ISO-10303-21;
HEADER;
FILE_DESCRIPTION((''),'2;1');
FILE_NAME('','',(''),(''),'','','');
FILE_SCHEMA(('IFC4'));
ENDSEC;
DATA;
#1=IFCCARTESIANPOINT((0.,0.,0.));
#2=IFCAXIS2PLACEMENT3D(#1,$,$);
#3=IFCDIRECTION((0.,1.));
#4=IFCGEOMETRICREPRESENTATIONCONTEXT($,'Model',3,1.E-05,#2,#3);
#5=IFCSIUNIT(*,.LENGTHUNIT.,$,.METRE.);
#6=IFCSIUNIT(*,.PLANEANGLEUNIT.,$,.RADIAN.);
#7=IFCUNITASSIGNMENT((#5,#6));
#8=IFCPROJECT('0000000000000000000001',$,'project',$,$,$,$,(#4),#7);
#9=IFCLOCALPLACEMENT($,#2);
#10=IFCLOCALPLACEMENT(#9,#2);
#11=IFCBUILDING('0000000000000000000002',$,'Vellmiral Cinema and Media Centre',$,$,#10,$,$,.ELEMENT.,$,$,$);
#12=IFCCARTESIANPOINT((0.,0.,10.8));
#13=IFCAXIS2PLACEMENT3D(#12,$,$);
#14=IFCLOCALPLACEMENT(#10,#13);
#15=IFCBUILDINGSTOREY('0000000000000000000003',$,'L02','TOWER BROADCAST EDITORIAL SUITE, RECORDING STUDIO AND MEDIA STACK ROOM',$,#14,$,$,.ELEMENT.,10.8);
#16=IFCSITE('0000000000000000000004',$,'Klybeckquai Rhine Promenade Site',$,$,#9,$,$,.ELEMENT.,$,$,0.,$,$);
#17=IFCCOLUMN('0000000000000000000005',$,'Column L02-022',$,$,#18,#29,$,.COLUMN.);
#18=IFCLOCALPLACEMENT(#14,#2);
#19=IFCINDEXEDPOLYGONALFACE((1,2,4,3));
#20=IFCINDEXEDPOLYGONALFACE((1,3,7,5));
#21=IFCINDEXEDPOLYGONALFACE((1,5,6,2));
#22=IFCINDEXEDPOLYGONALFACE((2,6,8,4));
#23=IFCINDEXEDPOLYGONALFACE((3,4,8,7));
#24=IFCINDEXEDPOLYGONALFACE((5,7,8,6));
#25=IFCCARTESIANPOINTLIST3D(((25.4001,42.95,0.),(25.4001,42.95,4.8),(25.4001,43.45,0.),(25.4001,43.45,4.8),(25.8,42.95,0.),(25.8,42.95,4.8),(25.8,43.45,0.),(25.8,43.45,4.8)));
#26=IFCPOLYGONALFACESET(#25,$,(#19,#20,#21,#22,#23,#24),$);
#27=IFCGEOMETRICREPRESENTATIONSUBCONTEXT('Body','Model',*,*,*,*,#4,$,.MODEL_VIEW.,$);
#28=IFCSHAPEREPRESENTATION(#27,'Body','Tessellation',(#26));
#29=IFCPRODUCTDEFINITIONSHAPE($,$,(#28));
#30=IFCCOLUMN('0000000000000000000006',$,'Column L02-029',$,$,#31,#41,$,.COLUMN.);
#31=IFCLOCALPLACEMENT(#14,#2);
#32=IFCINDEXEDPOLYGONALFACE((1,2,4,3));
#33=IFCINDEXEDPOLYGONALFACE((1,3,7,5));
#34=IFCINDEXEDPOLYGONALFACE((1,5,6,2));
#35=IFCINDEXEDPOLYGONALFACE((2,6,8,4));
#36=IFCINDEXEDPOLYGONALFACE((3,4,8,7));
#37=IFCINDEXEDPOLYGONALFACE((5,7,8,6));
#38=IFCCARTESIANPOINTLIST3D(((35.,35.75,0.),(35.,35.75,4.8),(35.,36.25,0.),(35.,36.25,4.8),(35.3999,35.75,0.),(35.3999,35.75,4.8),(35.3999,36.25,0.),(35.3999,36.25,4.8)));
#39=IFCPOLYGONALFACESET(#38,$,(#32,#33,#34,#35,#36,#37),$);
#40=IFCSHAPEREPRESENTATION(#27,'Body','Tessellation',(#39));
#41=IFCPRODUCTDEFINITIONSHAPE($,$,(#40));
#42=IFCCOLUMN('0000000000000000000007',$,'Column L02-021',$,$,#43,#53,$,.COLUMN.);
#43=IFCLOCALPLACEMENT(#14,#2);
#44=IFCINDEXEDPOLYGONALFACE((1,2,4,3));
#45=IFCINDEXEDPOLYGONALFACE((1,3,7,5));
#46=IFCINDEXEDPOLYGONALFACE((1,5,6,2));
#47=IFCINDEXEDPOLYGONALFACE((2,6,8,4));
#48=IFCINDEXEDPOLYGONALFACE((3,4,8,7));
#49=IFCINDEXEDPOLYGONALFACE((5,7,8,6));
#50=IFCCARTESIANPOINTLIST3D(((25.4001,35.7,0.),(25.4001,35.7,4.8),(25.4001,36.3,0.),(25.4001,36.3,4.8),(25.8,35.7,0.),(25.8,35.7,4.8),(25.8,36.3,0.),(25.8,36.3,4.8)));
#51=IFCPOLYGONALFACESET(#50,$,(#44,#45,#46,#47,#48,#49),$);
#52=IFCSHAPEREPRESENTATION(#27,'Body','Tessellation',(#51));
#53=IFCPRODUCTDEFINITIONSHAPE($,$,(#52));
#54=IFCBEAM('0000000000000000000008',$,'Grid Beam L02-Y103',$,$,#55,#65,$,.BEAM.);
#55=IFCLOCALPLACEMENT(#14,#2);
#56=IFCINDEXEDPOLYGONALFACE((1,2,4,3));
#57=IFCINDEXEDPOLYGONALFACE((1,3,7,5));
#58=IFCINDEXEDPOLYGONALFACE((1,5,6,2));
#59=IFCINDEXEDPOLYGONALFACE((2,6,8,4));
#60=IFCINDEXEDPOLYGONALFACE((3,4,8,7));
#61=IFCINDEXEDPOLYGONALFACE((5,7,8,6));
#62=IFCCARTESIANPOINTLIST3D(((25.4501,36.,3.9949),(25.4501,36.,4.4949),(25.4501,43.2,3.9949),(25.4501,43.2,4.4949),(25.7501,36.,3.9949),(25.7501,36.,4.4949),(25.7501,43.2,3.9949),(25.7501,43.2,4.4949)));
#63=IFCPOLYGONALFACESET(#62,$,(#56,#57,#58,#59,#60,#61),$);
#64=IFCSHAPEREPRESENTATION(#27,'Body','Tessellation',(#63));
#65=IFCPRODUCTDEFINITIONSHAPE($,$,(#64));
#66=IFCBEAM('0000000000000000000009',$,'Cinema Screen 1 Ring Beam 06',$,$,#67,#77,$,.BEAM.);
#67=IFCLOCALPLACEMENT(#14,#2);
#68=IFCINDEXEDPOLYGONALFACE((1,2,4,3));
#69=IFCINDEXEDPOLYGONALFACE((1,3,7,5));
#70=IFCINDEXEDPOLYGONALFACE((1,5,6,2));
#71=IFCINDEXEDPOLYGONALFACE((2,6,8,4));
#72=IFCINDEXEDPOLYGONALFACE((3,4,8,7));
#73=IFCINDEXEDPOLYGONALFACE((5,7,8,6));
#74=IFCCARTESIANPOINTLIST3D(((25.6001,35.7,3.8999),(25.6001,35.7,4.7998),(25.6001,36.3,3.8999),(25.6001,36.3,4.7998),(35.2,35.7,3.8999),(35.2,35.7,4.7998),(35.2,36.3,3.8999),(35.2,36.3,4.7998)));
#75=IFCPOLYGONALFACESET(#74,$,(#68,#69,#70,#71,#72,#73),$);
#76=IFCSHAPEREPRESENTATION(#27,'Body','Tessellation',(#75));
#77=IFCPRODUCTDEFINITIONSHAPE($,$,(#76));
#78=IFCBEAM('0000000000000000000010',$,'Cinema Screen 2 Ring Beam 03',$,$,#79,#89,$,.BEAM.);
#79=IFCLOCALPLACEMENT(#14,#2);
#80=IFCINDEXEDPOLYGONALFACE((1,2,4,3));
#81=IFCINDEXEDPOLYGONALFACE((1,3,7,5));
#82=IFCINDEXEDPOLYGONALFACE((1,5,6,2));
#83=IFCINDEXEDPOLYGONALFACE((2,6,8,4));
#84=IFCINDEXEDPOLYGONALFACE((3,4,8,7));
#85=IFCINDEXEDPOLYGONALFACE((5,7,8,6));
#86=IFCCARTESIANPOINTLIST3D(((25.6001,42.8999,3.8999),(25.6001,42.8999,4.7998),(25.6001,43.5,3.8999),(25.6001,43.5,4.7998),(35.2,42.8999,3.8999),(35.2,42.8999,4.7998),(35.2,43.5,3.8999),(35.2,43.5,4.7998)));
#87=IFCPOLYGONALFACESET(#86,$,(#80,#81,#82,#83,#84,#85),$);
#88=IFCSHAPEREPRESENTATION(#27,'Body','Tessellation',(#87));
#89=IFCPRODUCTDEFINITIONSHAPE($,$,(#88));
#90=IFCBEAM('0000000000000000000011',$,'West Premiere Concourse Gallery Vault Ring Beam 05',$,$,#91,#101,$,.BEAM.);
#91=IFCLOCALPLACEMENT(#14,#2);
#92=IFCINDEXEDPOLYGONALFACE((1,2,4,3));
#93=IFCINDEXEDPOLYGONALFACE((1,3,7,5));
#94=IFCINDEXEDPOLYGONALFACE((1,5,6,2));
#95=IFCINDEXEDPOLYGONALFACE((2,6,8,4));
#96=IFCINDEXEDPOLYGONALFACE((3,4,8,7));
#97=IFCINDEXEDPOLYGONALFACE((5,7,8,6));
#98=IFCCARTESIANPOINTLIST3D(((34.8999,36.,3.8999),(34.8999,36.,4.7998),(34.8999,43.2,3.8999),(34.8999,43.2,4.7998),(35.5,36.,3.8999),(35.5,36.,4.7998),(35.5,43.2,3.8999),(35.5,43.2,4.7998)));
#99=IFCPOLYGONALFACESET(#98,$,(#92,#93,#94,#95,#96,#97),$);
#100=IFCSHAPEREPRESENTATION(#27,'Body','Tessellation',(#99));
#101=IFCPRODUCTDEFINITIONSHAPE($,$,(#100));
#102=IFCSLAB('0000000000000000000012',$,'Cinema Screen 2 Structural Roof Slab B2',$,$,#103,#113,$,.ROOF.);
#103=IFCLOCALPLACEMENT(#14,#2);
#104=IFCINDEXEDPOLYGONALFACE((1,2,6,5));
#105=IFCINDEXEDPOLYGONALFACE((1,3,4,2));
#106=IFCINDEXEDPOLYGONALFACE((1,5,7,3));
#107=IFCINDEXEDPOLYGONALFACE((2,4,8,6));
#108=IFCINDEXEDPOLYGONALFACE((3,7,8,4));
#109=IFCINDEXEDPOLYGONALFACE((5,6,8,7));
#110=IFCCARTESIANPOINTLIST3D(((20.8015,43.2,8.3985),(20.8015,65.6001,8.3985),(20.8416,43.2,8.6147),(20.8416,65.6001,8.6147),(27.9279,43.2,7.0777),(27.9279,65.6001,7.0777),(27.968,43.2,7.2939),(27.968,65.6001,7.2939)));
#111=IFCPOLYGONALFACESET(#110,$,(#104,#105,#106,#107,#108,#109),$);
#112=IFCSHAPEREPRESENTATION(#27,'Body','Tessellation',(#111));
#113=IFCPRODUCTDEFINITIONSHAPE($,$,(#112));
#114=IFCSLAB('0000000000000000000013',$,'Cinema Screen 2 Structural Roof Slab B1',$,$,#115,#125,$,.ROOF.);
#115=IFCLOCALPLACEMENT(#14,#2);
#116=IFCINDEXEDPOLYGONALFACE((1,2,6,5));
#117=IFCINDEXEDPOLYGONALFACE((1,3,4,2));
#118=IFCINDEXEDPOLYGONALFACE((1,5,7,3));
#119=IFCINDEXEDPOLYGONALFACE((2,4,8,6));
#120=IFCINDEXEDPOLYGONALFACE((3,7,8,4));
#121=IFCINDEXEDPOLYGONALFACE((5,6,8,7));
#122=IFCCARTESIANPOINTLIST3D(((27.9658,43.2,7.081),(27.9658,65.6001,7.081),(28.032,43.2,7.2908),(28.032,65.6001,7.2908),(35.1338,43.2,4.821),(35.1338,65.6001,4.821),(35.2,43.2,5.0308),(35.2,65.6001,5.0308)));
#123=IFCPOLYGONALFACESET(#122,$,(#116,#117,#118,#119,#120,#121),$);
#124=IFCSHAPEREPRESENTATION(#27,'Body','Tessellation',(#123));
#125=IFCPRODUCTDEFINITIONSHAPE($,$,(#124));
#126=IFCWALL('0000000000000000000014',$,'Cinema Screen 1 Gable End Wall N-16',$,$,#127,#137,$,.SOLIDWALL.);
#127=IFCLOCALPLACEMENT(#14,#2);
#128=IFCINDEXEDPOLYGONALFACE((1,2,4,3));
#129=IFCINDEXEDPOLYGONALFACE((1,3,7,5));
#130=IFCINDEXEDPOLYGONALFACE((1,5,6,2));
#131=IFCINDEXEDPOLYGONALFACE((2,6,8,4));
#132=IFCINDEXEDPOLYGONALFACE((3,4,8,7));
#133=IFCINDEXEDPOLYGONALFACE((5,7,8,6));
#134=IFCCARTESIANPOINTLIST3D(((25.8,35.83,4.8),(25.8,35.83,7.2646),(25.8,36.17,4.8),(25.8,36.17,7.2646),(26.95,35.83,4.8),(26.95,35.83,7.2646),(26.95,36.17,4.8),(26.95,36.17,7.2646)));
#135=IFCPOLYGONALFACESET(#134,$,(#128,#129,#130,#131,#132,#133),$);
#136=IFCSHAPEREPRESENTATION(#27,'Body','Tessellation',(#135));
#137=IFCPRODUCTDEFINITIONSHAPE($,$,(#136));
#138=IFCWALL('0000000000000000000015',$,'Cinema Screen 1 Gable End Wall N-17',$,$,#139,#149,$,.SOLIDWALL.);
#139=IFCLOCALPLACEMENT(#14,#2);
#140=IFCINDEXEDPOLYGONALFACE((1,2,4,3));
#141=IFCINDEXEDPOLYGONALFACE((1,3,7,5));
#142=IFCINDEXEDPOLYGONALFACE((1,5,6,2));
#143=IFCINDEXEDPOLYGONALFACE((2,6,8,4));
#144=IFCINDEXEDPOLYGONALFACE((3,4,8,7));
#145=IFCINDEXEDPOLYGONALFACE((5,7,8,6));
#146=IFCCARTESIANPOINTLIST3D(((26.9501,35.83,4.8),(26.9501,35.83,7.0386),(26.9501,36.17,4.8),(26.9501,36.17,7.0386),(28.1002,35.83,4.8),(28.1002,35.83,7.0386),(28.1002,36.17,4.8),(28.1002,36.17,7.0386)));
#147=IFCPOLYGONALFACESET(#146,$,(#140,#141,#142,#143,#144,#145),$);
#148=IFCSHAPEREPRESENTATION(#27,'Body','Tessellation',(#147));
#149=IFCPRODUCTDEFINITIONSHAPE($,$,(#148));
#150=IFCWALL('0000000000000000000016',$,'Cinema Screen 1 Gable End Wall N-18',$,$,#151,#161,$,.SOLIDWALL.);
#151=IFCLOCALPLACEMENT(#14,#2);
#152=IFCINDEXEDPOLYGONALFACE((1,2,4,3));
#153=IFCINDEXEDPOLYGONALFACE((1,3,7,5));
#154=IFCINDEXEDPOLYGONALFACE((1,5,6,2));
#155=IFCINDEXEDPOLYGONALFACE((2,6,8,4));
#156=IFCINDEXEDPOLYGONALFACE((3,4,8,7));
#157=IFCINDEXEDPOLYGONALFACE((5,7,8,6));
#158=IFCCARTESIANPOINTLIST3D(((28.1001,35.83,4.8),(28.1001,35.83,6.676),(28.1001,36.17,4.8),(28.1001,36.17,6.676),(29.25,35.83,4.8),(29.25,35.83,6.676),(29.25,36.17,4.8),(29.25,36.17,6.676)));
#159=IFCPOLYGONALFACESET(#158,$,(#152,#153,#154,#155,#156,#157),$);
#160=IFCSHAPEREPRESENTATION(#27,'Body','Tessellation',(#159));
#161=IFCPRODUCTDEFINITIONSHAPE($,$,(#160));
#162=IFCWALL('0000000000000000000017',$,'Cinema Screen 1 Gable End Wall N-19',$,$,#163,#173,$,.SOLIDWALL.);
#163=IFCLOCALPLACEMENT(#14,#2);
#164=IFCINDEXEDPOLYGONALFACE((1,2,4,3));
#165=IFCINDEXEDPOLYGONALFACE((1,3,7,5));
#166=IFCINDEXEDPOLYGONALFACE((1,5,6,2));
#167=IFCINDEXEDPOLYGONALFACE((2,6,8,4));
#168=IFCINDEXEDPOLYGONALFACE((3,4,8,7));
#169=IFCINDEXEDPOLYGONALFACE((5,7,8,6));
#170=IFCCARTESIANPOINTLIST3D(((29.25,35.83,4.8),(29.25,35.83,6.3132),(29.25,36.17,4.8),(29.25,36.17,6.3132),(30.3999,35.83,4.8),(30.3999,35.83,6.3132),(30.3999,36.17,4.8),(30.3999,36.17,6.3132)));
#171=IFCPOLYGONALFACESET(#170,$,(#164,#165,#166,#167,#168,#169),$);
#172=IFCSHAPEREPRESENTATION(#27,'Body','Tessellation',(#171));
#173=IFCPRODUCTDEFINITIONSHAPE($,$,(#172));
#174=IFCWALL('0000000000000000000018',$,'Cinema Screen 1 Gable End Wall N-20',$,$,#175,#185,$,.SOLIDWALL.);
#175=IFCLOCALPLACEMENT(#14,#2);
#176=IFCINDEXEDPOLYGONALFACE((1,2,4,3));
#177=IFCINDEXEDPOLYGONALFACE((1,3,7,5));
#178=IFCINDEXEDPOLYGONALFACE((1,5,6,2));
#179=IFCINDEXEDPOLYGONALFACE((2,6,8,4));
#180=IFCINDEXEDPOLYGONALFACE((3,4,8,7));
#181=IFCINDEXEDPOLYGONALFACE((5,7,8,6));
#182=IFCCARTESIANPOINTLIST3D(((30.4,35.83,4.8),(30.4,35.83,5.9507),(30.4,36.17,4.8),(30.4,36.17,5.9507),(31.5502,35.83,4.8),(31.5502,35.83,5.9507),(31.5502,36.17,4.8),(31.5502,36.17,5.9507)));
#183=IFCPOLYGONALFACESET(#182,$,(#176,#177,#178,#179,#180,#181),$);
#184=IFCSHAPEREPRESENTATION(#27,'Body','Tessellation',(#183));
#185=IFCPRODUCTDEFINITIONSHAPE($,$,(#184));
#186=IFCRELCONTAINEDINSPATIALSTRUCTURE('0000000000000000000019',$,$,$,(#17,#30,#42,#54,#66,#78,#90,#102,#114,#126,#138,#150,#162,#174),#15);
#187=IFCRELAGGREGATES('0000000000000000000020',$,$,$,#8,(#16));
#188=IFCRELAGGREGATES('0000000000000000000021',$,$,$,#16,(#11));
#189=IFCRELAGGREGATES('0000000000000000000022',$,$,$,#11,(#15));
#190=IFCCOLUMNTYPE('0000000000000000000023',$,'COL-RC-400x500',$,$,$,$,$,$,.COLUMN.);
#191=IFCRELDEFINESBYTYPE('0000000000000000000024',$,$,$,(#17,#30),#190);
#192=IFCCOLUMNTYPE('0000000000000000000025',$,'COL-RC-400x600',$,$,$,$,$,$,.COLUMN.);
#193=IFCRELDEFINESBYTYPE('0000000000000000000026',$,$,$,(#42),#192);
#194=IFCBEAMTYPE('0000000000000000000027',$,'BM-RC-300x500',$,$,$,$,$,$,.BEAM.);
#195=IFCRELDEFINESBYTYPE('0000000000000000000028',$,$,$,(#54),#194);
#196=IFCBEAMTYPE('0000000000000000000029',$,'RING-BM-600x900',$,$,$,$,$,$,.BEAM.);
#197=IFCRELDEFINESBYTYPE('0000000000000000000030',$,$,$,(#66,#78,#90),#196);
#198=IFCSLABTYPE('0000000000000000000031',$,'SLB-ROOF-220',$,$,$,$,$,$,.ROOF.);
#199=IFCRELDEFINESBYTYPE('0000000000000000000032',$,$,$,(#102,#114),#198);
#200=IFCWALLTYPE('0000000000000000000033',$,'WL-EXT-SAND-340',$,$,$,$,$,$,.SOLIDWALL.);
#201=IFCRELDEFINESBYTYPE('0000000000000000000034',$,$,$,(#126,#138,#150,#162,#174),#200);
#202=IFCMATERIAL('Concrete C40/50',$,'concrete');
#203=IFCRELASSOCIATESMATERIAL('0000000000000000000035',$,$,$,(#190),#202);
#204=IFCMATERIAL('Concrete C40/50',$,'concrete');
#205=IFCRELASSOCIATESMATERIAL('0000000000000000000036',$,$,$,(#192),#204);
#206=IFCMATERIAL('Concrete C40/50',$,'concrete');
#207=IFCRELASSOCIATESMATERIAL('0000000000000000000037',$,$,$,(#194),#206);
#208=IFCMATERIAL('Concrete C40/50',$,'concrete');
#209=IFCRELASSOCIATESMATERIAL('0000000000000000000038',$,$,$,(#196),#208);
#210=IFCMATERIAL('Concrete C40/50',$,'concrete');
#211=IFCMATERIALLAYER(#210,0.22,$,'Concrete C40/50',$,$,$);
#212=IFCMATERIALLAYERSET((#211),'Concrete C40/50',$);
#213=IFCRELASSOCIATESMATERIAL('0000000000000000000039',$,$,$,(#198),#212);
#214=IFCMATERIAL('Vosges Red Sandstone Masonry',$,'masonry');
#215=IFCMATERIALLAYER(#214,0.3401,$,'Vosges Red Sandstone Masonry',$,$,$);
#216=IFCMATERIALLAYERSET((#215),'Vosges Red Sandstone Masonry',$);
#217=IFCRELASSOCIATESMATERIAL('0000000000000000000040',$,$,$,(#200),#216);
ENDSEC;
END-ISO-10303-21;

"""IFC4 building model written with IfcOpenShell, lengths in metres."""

from ifc_helpers import new_model, si_unit, direction, frame, frame_2d, origin, origin_2d, place, context, subcontext, project, spatial, polyline, rectangle, outline, extrude, material, layer, layer_set, material_profile, profile_set, type_object, element, save


model = new_model("IFC4")

# Units and contexts
model_context = context("Model", 3, precision=1e-05, world=origin(), true_north=direction((0.0, 1.0)))
body_context = subcontext(model_context, "Body", "Model", "MODEL_VIEW")
ifc_project = project(units=[si_unit("LENGTHUNIT", "METRE"), si_unit("PLANEANGLEUNIT", "RADIAN")], contexts=[model_context])

# Site, building, storey
site_placement = place(None, origin())
site = spatial("IfcSite", under=ifc_project, at=site_placement, Name="Klybeckquai Rhine Promenade Site", CompositionType="ELEMENT", RefElevation=0.0)
building_placement = place(site_placement, origin())
building = spatial("IfcBuilding", under=site, at=building_placement, Name="Vellmiral Cinema and Media Centre", CompositionType="ELEMENT")
storey_placement = place(building_placement, frame((0.0, 0.0, 10.8)))
storey = spatial("IfcBuildingStorey", under=building, at=storey_placement, Name="L02", Description="TOWER BROADCAST EDITORIAL SUITE, RECORDING STUDIO AND MEDIA STACK ROOM", CompositionType="ELEMENT", Elevation=10.8)

# Columns
ifc_material_1 = material(Name="Concrete C40/50", Category="concrete")
ifc_material_profile_1 = material_profile(ifc_material_1, rectangle(XDim=0.3999, YDim=0.5, at=origin_2d()), Name="RC 400x500")
ifc_profile_set_1 = profile_set([ifc_material_profile_1], Name="Concrete C40/50")
column_type_1 = type_object("IfcColumnType", Name="COL-RC-400x500", PredefinedType="COLUMN", material=ifc_profile_set_1)
for number, where, z_axis, x_axis, name in (
    (1, (25.6001, 43.2, 0.0), (0.0, 0.0, 1.0), (1.0, 0.0, 0.0), "Column L02-022"),
    (2, (35.2, 36.0, 0.0), (0.0, 0.0, 1.0), (1.0, 0.0, 0.0), "Column L02-029"),
):
    element("IfcColumn", number, at=place(storey_placement, frame(where, z_axis=z_axis, x_axis=x_axis)), inside=storey, type_object=column_type_1, Name=name, PredefinedType="COLUMN", context=body_context, shape_type="SweptSolid", body=[
        extrude(rectangle(XDim=0.3999, YDim=0.5, at=origin_2d()), origin(), (0.0, 0.0, 1.0), 4.8),
    ])
ifc_material_2 = material(Name="Concrete C40/50", Category="concrete")
ifc_material_profile_2 = material_profile(ifc_material_2, rectangle(XDim=0.3999, YDim=0.6001, at=origin_2d()), Name="RC 400x600")
ifc_profile_set_2 = profile_set([ifc_material_profile_2], Name="Concrete C40/50")
column_type_2 = type_object("IfcColumnType", Name="COL-RC-400x600", PredefinedType="COLUMN", material=ifc_profile_set_2)
column_placement = place(storey_placement, frame((25.6001, 36.0, 0.0), z_axis=(0.0, 0.0, 1.0), x_axis=(1.0, 0.0, 0.0)))
element("IfcColumn", 3, at=column_placement, inside=storey, type_object=column_type_2, Name="Column L02-021", PredefinedType="COLUMN", context=body_context, shape_type="SweptSolid", body=[
    extrude(rectangle(XDim=0.3999, YDim=0.6001, at=origin_2d()), origin(), (0.0, 0.0, 1.0), 4.8),
])

# Beams
ifc_material_3 = material(Name="Concrete C40/50", Category="concrete")
ifc_material_profile_3 = material_profile(ifc_material_3, rectangle(XDim=0.3, YDim=0.5, at=origin_2d()), Name="RC 300x500")
ifc_profile_set_3 = profile_set([ifc_material_profile_3], Name="Concrete C40/50")
beam_type_1 = type_object("IfcBeamType", Name="BM-RC-300x500", PredefinedType="BEAM", material=ifc_profile_set_3)
beam_1_placement = place(storey_placement, frame((25.6001, 36.0, 4.2449), z_axis=(0.0, 1.0, 0.0), x_axis=(-1.0, 0.0, 0.0)))
element("IfcBeam", 4, at=beam_1_placement, inside=storey, type_object=beam_type_1, Name="Grid Beam L02-Y103", PredefinedType="BEAM", context=body_context, shape_type="SweptSolid", body=[
    extrude(rectangle(XDim=0.3, YDim=0.5, at=origin_2d()), origin(), (0.0, 0.0, 1.0), 7.2),
])
ifc_material_4 = material(Name="Concrete C40/50", Category="concrete")
ifc_material_profile_4 = material_profile(ifc_material_4, rectangle(XDim=0.6001, YDim=0.8999, at=origin_2d()), Name="RC 600x900")
ifc_profile_set_4 = profile_set([ifc_material_profile_4], Name="Concrete C40/50")
beam_type_2 = type_object("IfcBeamType", Name="RING-BM-600x900", PredefinedType="BEAM", material=ifc_profile_set_4)
for number, where, z_axis, x_axis, name in (
    (5, (25.6001, 36.0, 4.3499), (1.0, 0.0, 0.0), (0.0, 1.0, 0.0), "Cinema Screen 1 Ring Beam 06"),
    (6, (25.6001, 43.2, 4.3499), (1.0, 0.0, 0.0), (0.0, 1.0, 0.0), "Cinema Screen 2 Ring Beam 03"),
):
    element("IfcBeam", number, at=place(storey_placement, frame(where, z_axis=z_axis, x_axis=x_axis)), inside=storey, type_object=beam_type_2, Name=name, PredefinedType="BEAM", context=body_context, shape_type="SweptSolid", body=[
        extrude(rectangle(XDim=0.6001, YDim=0.8999, at=origin_2d()), origin(), (0.0, 0.0, 1.0), 9.5999),
    ])
beam_2_placement = place(storey_placement, frame((35.2, 36.0, 4.3499), z_axis=(0.0, 1.0, 0.0), x_axis=(-1.0, 0.0, 0.0)))
element("IfcBeam", 7, at=beam_2_placement, inside=storey, type_object=beam_type_2, Name="West Premiere Concourse Gallery Vault Ring Beam 05", PredefinedType="BEAM", context=body_context, shape_type="SweptSolid", body=[
    extrude(rectangle(XDim=0.6001, YDim=0.8999, at=origin_2d()), origin(), (0.0, 0.0, 1.0), 7.2),
])

# Slabs
ifc_material_5 = material(Name="Concrete C40/50", Category="concrete")
ifc_layer_1 = layer(ifc_material_5, 0.22, Name="Concrete C40/50")
ifc_layer_set_1 = layer_set([ifc_layer_1], Name="Concrete C40/50")
slab_type = type_object("IfcSlabType", Name="SLB-ROOF-220", PredefinedType="ROOF", material=ifc_layer_set_1)
slab_1_placement = place(storey_placement, frame((20.8416, 43.2, 8.6147), z_axis=(0.182234, 0.0, 0.983255), x_axis=(0.983255, 0.0, -0.182234)))
element("IfcSlab", 8, at=slab_1_placement, inside=storey, type_object=slab_type, Name="Cinema Screen 2 Structural Roof Slab B2", PredefinedType="ROOF", context=body_context, shape_type="SweptSolid", body=[
    extrude(outline(polyline([(0.0, 0.0), (7.2478, 0.0), (7.2478, 22.4001), (0.0, 22.4001), (0.0, 0.0)])), origin(), (0.0, 0.0, -1.0), 0.22),
])
slab_2_placement = place(storey_placement, frame((28.032, 43.2, 7.2908), z_axis=(0.300701, 0.0, 0.953719), x_axis=(0.953719, 0.0, -0.300701)))
element("IfcSlab", 9, at=slab_2_placement, inside=storey, type_object=slab_type, Name="Cinema Screen 2 Structural Roof Slab B1", PredefinedType="ROOF", context=body_context, shape_type="SweptSolid", body=[
    extrude(outline(polyline([(0.0, 0.0), (7.5158, 0.0), (7.5158, 22.4001), (0.0, 22.4001), (0.0, 0.0)])), origin(), (0.0, 0.0, -1.0), 0.22),
])

# Walls
ifc_material_6 = material(Name="Vosges Red Sandstone Masonry", Category="masonry")
ifc_layer_2 = layer(ifc_material_6, 0.3401, Name="Vosges Red Sandstone Masonry")
ifc_layer_set_2 = layer_set([ifc_layer_2], Name="Vosges Red Sandstone Masonry")
wall_type = type_object("IfcWallType", Name="WL-EXT-SAND-340", PredefinedType="SOLIDWALL", material=ifc_layer_set_2)
wall_1_placement = place(storey_placement, frame((25.8, 36.0, 4.8), z_axis=(0.0, 0.0, 1.0), x_axis=(1.0, 0.0, 0.0)))
element("IfcWall", 10, at=wall_1_placement, inside=storey, type_object=wall_type, Name="Cinema Screen 1 Gable End Wall N-16", PredefinedType="SOLIDWALL", context=body_context, shape_type="SweptSolid", body=[
    extrude(rectangle(XDim=1.1499, YDim=0.3401, at=frame_2d((0.575, 0.0))), origin(), (0.0, 0.0, 1.0), 2.4646),
])
wall_2_placement = place(storey_placement, frame((26.95, 36.0, 4.8), z_axis=(0.0, 0.0, 1.0), x_axis=(1.0, 0.0, 0.0)))
element("IfcWall", 11, at=wall_2_placement, inside=storey, type_object=wall_type, Name="Cinema Screen 1 Gable End Wall N-17", PredefinedType="SOLIDWALL", context=body_context, shape_type="SweptSolid", body=[
    extrude(rectangle(XDim=1.1501, YDim=0.3401, at=frame_2d((0.5752, 0.0))), origin(), (0.0, 0.0, 1.0), 2.2385),
])
wall_3_placement = place(storey_placement, frame((28.1001, 36.0, 4.8), z_axis=(0.0, 0.0, 1.0), x_axis=(1.0, 0.0, 0.0)))
element("IfcWall", 12, at=wall_3_placement, inside=storey, type_object=wall_type, Name="Cinema Screen 1 Gable End Wall N-18", PredefinedType="SOLIDWALL", context=body_context, shape_type="SweptSolid", body=[
    extrude(rectangle(XDim=1.1499, YDim=0.3401, at=frame_2d((0.575, 0.0))), origin(), (0.0, 0.0, 1.0), 1.876),
])
wall_4_placement = place(storey_placement, frame((29.25, 36.0, 4.8), z_axis=(0.0, 0.0, 1.0), x_axis=(1.0, 0.0, 0.0)))
element("IfcWall", 13, at=wall_4_placement, inside=storey, type_object=wall_type, Name="Cinema Screen 1 Gable End Wall N-19", PredefinedType="SOLIDWALL", context=body_context, shape_type="SweptSolid", body=[
    extrude(rectangle(XDim=1.1499, YDim=0.3401, at=frame_2d((0.575, 0.0))), origin(), (0.0, 0.0, 1.0), 1.5132),
])
wall_5_placement = place(storey_placement, frame((30.3999, 36.0, 4.8), z_axis=(0.0, 0.0, 1.0), x_axis=(1.0, 0.0, 0.0)))
element("IfcWall", 14, at=wall_5_placement, inside=storey, type_object=wall_type, Name="Cinema Screen 1 Gable End Wall N-20", PredefinedType="SOLIDWALL", context=body_context, shape_type="SweptSolid", body=[
    extrude(rectangle(XDim=1.1501, YDim=0.3401, at=frame_2d((0.5752, 0.0))), origin(), (0.0, 0.0, 1.0), 1.1506),
])

save(model, "model.ifc")
